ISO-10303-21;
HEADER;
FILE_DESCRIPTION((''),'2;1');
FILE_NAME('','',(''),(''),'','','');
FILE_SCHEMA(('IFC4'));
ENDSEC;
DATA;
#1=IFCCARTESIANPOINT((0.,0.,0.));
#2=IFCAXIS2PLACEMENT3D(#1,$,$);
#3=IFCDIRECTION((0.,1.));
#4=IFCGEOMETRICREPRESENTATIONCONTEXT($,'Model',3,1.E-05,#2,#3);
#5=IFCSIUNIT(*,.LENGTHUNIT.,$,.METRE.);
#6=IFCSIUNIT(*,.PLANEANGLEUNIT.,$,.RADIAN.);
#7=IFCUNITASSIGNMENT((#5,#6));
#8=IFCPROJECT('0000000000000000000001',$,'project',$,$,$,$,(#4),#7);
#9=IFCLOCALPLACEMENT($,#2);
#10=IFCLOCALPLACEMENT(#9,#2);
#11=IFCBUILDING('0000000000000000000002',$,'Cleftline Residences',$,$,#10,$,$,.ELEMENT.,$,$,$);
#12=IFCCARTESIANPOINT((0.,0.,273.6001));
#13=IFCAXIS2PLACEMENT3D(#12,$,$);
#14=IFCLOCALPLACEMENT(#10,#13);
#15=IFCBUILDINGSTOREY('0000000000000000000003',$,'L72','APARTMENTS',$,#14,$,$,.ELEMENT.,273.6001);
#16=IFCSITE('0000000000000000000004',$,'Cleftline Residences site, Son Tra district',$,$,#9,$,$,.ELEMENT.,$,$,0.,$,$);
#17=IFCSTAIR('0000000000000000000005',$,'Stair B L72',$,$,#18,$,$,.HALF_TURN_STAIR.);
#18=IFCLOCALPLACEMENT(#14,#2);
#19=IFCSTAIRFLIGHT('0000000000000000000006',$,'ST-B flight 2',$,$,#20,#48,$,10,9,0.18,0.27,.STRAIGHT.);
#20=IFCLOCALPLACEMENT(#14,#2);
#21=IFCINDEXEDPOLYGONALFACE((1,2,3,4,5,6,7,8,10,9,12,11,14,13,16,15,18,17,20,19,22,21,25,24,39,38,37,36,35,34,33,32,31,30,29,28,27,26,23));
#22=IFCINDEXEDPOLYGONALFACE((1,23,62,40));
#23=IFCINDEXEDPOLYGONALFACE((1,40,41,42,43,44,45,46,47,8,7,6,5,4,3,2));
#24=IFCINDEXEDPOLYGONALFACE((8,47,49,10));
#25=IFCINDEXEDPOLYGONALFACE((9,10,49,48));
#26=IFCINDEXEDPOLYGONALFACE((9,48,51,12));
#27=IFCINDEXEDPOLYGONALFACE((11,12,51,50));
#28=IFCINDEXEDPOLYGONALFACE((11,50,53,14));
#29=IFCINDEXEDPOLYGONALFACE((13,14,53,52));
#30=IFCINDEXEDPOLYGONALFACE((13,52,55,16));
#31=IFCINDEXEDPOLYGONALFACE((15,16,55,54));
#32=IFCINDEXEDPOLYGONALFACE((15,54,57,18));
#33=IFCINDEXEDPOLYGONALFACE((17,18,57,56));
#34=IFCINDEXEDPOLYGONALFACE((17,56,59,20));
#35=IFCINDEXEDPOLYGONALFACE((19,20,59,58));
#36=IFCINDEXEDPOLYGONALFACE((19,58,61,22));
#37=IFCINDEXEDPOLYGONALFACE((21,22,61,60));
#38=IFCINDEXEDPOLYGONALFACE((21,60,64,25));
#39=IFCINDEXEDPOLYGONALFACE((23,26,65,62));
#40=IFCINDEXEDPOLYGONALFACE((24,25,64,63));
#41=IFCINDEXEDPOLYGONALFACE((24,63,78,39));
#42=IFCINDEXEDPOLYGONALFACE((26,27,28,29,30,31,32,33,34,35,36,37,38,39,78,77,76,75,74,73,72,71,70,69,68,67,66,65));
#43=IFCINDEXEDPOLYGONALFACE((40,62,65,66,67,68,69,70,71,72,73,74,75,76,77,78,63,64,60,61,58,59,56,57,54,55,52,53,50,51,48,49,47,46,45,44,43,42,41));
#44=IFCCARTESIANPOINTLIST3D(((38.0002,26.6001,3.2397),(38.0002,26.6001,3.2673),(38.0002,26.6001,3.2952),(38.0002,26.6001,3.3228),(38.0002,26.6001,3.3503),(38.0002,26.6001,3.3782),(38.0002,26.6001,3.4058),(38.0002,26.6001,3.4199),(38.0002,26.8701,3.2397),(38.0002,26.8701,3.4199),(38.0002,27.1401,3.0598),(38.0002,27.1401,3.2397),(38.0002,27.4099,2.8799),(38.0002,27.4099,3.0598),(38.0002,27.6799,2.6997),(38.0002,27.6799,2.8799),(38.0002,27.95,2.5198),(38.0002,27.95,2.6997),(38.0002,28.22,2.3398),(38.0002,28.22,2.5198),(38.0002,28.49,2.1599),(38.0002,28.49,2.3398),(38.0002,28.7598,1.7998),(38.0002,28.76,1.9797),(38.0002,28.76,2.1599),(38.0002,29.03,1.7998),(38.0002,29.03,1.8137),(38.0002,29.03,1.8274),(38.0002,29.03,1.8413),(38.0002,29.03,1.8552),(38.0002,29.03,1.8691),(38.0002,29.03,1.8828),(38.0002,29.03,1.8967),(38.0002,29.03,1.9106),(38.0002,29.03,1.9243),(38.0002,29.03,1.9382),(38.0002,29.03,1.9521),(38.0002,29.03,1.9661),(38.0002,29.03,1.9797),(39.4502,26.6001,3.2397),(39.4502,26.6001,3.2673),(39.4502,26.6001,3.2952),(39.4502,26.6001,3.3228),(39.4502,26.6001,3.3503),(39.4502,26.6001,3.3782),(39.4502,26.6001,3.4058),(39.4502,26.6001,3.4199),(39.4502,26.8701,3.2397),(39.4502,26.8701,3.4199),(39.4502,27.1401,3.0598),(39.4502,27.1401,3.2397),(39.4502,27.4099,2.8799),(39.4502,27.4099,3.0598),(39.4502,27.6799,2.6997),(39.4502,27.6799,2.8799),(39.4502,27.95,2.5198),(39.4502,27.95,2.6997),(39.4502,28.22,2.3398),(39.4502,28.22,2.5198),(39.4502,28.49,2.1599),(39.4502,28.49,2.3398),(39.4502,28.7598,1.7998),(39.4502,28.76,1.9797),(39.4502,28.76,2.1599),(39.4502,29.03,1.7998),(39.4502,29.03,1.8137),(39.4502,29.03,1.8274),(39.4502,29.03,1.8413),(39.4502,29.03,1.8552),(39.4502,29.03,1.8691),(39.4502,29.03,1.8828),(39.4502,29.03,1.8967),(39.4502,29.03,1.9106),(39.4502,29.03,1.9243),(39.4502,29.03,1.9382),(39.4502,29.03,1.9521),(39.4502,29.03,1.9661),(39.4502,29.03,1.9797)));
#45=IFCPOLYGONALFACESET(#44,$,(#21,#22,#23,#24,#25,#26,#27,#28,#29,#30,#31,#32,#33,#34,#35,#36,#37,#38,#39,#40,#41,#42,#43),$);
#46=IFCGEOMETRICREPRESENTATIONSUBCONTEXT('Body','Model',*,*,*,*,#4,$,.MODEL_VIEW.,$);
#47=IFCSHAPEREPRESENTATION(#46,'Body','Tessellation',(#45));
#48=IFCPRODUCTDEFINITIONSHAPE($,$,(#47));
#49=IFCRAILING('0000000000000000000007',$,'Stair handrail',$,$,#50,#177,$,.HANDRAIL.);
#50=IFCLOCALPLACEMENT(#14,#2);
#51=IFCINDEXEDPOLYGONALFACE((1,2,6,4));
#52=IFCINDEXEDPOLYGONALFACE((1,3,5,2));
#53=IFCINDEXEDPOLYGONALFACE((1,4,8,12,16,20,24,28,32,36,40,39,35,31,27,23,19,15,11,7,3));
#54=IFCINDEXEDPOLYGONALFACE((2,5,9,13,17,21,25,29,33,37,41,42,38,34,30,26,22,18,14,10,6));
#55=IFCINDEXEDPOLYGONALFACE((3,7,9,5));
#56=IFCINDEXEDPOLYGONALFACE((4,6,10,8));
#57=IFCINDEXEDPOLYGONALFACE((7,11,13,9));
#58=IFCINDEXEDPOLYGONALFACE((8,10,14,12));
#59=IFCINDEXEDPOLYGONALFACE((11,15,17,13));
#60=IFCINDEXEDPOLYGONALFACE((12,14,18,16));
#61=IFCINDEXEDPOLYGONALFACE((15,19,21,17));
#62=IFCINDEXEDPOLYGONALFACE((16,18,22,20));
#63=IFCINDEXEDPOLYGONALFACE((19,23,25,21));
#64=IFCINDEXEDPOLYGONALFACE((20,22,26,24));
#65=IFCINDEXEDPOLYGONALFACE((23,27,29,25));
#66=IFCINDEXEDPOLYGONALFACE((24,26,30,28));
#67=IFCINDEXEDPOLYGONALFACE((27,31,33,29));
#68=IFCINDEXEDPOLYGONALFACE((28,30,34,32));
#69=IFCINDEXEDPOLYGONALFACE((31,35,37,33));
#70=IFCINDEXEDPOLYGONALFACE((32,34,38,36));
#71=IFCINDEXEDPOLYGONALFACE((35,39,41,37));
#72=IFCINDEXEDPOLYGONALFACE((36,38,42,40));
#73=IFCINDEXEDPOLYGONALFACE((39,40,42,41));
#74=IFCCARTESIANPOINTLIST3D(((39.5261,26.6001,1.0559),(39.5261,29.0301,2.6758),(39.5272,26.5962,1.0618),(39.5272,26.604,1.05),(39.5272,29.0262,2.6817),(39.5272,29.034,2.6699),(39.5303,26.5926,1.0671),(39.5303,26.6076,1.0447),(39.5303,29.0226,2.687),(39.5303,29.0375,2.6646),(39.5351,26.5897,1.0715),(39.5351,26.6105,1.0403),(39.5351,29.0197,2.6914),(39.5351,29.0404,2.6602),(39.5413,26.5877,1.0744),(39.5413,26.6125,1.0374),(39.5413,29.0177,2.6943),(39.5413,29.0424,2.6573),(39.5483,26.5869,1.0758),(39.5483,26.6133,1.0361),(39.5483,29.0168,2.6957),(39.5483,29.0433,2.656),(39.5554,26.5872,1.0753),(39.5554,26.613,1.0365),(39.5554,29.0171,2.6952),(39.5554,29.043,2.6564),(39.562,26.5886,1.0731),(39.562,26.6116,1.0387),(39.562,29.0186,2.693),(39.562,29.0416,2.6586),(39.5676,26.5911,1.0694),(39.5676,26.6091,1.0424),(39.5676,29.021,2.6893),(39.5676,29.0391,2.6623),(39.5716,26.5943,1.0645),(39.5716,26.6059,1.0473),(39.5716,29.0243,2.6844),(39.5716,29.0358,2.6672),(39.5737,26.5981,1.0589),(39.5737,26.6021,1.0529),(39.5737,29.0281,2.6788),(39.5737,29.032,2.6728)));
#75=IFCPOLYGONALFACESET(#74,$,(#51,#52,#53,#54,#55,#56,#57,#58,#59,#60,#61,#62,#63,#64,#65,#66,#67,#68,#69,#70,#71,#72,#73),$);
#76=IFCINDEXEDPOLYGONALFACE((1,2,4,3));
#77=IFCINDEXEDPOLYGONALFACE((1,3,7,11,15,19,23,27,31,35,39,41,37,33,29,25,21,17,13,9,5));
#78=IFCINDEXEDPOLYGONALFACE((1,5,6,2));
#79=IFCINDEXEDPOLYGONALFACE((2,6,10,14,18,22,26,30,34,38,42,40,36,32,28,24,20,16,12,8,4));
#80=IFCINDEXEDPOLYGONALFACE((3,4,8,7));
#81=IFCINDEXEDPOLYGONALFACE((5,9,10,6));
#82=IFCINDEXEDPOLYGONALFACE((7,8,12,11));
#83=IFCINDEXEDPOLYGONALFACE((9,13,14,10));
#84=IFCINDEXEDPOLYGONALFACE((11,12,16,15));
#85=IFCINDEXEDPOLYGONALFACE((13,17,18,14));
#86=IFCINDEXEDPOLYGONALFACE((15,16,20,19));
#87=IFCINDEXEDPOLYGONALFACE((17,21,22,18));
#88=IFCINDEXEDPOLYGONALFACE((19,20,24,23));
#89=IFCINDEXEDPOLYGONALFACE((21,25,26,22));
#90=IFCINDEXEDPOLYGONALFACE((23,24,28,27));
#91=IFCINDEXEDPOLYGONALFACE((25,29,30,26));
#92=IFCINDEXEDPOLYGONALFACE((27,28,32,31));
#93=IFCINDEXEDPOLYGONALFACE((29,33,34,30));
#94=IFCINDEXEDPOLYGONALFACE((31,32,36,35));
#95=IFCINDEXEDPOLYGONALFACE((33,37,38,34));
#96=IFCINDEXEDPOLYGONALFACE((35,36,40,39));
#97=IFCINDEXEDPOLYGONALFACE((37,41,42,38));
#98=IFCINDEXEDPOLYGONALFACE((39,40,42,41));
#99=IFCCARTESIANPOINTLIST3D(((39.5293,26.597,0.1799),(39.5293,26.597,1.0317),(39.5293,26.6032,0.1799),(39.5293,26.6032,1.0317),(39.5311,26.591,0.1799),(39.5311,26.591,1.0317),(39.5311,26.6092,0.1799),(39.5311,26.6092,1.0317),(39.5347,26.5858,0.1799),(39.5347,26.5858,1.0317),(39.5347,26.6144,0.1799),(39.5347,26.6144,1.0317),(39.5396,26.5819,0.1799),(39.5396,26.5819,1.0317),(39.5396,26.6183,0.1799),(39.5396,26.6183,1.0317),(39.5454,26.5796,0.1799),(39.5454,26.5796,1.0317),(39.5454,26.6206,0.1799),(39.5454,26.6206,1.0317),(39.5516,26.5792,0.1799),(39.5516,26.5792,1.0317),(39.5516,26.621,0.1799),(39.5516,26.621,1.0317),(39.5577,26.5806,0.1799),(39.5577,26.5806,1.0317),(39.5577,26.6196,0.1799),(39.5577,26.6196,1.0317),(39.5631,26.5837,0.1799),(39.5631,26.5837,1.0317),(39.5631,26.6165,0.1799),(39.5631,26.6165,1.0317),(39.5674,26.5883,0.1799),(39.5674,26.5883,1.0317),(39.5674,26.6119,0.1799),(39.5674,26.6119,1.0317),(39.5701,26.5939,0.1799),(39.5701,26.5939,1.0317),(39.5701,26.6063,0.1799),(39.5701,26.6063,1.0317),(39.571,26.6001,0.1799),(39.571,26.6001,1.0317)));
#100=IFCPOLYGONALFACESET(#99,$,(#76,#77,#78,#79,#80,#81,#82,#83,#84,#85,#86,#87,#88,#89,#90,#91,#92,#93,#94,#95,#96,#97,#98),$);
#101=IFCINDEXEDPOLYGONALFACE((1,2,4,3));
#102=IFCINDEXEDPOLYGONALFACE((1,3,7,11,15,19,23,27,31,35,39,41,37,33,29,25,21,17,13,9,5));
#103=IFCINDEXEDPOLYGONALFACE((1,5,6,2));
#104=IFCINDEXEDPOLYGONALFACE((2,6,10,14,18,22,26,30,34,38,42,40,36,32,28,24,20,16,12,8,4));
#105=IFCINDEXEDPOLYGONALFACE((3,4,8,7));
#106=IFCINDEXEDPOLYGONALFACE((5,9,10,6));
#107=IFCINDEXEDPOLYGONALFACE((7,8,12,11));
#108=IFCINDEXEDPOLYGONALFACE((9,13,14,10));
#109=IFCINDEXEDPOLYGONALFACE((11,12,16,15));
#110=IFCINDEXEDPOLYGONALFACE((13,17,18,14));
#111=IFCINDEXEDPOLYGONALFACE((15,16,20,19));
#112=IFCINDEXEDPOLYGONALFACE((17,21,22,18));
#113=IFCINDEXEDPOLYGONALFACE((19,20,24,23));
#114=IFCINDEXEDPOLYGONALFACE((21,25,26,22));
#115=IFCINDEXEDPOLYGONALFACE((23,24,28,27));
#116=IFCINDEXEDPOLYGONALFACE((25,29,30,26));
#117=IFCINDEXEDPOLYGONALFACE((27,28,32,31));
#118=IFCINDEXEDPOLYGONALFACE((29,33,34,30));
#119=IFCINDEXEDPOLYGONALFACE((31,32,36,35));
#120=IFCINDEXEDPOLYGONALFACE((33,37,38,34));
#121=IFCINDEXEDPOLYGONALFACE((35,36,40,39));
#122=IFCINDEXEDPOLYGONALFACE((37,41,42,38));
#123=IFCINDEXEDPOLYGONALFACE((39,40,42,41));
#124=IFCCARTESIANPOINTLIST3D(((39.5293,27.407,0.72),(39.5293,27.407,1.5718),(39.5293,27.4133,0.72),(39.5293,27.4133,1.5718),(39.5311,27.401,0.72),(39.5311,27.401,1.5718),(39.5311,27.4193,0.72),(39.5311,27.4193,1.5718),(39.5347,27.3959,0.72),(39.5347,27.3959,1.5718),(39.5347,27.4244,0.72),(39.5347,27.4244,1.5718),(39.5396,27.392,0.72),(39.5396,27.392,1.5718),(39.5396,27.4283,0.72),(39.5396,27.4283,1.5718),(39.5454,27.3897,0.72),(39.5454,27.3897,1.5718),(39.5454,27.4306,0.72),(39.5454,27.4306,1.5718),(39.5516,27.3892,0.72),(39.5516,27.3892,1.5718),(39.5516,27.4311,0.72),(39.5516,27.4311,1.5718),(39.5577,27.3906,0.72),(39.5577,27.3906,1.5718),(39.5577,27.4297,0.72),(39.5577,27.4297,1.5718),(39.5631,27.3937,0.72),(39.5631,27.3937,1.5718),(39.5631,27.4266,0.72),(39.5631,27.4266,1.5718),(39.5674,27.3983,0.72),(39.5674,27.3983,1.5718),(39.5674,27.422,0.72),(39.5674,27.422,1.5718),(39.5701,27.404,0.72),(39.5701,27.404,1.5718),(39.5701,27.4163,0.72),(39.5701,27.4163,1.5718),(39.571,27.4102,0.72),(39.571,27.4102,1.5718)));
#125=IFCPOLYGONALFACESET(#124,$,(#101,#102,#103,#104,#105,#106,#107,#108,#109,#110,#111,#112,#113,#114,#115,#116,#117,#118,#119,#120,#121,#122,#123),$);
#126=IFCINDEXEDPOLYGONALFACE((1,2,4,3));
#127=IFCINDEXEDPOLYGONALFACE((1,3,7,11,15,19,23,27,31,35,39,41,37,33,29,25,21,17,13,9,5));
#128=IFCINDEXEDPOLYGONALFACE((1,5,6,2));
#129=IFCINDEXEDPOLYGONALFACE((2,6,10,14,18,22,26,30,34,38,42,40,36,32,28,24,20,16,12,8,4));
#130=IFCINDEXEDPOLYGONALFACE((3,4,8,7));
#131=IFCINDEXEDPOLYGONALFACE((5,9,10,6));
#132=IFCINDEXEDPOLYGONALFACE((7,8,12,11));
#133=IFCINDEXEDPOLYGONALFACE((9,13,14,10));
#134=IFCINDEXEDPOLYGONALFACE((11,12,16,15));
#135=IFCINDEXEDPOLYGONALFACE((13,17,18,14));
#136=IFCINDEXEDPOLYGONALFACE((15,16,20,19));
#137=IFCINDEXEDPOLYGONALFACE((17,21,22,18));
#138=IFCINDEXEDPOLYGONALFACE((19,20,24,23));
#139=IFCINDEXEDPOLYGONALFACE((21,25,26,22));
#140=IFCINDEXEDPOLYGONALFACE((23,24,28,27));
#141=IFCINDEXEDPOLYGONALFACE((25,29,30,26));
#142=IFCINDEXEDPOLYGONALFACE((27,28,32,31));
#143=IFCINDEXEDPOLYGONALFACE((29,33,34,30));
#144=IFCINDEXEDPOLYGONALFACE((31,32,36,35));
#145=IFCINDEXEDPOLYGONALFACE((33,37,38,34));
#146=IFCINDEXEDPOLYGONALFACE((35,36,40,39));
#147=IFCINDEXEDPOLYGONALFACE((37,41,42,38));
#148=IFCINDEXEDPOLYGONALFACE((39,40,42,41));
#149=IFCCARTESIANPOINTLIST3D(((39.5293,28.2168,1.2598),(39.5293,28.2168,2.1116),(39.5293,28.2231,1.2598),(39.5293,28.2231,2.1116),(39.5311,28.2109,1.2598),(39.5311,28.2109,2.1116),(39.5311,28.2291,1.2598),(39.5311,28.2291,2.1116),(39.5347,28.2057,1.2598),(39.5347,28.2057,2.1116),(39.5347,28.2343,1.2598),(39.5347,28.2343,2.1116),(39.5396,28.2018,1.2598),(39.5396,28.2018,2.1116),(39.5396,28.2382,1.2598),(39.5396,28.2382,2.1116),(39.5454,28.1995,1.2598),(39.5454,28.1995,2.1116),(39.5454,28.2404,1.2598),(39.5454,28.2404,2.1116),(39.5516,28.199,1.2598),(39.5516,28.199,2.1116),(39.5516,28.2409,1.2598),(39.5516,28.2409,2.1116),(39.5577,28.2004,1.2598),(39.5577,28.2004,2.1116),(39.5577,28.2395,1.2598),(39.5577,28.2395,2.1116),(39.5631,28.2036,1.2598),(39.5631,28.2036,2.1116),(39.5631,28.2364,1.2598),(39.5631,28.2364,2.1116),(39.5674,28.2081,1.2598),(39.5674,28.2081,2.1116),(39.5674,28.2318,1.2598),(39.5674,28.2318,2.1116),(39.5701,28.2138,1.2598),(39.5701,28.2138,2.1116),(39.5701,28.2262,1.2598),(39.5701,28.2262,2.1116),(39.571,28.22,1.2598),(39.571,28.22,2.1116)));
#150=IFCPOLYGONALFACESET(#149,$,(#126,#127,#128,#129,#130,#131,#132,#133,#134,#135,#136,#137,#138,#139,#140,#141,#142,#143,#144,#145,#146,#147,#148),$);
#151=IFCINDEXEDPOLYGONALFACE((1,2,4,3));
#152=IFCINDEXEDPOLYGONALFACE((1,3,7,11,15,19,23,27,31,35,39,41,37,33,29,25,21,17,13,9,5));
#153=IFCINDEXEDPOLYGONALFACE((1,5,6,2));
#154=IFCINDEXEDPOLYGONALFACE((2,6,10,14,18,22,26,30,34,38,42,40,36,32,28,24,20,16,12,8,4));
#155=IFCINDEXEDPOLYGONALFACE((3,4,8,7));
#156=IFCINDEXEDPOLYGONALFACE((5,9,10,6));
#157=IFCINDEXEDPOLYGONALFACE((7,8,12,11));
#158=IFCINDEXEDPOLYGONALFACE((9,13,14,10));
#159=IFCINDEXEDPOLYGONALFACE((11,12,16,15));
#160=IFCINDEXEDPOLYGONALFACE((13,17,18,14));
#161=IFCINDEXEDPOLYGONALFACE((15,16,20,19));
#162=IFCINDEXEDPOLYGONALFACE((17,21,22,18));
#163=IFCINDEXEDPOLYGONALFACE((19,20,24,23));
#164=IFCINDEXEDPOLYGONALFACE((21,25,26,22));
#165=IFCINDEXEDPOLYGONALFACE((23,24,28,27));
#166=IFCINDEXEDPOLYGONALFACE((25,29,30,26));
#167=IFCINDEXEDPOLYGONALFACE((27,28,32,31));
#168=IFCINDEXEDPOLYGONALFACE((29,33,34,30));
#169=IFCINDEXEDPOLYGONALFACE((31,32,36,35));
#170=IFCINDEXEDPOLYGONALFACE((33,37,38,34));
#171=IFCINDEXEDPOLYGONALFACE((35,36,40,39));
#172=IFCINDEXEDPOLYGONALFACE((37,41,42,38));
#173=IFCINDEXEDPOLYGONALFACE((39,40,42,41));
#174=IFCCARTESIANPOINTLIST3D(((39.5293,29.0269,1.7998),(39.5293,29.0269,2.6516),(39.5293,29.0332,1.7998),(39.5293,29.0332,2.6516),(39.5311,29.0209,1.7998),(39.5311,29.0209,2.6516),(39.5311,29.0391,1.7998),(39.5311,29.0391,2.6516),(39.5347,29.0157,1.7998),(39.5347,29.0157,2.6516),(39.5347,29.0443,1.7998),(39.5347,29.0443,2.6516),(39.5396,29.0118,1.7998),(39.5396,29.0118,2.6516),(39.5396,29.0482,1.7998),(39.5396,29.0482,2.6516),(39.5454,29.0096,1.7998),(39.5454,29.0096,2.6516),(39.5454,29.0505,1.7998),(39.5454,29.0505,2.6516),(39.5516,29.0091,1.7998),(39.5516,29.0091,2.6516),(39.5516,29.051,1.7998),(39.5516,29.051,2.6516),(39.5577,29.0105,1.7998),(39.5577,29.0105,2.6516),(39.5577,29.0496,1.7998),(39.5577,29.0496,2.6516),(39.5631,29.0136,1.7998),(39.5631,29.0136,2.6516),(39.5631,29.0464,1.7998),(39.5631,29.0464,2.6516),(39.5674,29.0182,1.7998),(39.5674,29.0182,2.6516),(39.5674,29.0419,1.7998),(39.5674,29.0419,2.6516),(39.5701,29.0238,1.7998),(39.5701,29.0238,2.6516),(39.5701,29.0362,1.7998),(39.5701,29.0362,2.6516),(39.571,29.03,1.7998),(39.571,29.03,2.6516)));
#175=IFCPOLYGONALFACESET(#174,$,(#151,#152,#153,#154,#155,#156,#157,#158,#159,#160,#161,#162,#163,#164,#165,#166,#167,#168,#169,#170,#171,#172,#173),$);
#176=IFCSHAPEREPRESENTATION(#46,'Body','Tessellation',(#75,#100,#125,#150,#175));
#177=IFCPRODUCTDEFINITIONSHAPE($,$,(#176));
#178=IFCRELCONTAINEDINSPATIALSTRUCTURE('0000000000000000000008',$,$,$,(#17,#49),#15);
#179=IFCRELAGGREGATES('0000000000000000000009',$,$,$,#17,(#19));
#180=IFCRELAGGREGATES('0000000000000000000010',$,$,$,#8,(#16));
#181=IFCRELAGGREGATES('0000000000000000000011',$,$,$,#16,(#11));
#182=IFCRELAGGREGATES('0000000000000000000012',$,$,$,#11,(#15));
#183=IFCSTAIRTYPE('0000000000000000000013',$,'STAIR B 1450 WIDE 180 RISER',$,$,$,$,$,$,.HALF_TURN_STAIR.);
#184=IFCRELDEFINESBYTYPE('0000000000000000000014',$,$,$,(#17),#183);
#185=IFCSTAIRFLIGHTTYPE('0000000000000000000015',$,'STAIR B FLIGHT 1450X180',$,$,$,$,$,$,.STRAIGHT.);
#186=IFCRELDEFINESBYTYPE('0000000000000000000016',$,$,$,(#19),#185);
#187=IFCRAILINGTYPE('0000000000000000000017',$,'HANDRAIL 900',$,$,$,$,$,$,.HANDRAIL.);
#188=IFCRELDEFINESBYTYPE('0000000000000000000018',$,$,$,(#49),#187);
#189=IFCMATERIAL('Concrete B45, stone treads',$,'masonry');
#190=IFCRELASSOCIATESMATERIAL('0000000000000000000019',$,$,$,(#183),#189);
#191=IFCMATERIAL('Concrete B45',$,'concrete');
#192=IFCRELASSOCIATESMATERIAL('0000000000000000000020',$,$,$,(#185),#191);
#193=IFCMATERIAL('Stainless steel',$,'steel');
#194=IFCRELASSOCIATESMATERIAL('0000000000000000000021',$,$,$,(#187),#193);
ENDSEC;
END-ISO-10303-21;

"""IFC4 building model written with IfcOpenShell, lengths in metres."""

from ifc_helpers import new_model, si_unit, direction, frame, origin, origin_2d, place, context, subcontext, project, spatial, polyline, circle, outline, extrude, material, type_object, element, aggregate, save


model = new_model("IFC4")

# Units and contexts
model_context = context("Model", 3, precision=1e-05, world=origin(), true_north=direction((0.0, 1.0)))
body_context = subcontext(model_context, "Body", "Model", "MODEL_VIEW")
ifc_project = project(units=[si_unit("LENGTHUNIT", "METRE"), si_unit("PLANEANGLEUNIT", "RADIAN")], contexts=[model_context])

# Site, building, storey
site_placement = place(None, origin())
site = spatial("IfcSite", under=ifc_project, at=site_placement, Name="Cleftline Residences site, Son Tra district", CompositionType="ELEMENT", RefElevation=0.0)
building_placement = place(site_placement, origin())
building = spatial("IfcBuilding", under=site, at=building_placement, Name="Cleftline Residences", CompositionType="ELEMENT")
storey_placement = place(building_placement, frame((0.0, 0.0, 273.6001)))
storey = spatial("IfcBuildingStorey", under=building, at=storey_placement, Name="L72", Description="APARTMENTS", CompositionType="ELEMENT", Elevation=273.6001)

# Stair, stair flight
ifc_material_1 = material(Name="Concrete B45, stone treads", Category="masonry")
stair_type = type_object("IfcStairType", Name="STAIR B 1450 WIDE 180 RISER", PredefinedType="HALF_TURN_STAIR", material=ifc_material_1)
stair_placement = place(storey_placement, origin())
stair = element("IfcStair", 1, at=stair_placement, inside=storey, type_object=stair_type, Name="Stair B L72", PredefinedType="HALF_TURN_STAIR")
ifc_material_2 = material(Name="Concrete B45", Category="concrete")
stair_flight_type = type_object("IfcStairFlightType", Name="STAIR B FLIGHT 1450X180", PredefinedType="STRAIGHT", material=ifc_material_2)
stair_flight_1_placement = place(storey_placement, frame((38.7251, 29.03, 1.7998), z_axis=(0.0, 0.0, 1.0), x_axis=(0.0, -1.0, 0.0)))
stair_flight_1 = element("IfcStairFlight", 2, at=stair_flight_1_placement, type_object=stair_flight_type, Name="ST-B flight 2", NumberOfRisers=10, NumberOfTreads=9, PredefinedType="STRAIGHT", RiserHeight=0.18, TreadLength=0.27, context=body_context, shape_type="SweptSolid", body=[
    extrude(outline(polyline([(0.0, 0.0), (0.0, 0.0139), (0.0, 0.0276), (0.0, 0.0415), (0.0, 0.0554), (0.0, 0.0693), (0.0, 0.083), (0.0, 0.0969), (0.0, 0.1108), (0.0, 0.1245), (0.0, 0.1384), (0.0, 0.1523), (0.0, 0.1663), (0.0, 0.1799), (0.27, 0.1799), (0.27, 0.3601), (0.54, 0.3601), (0.54, 0.54), (0.8101, 0.54), (0.8101, 0.72), (1.0801, 0.72), (1.0801, 0.8999), (1.3501, 0.8999), (1.3501, 1.0801), (1.6201, 1.0801), (1.6201, 1.26), (1.8899, 1.26), (1.8899, 1.4399), (2.1599, 1.4399), (2.1599, 1.6201), (2.4299, 1.6201), (2.4299, 1.8), (2.4299, 1.7722), (2.4299, 1.7446), (2.4299, 1.7168), (2.4299, 1.6892), (2.4299, 1.6614), (2.4299, 1.6338), (2.4299, 1.606), (2.4299, 1.5784), (2.4299, 1.5505), (2.4299, 1.5229), (2.4299, 1.4954), (2.4299, 1.4675), (2.4299, 1.4399), (0.2703, 0.0), (0.0, 0.0)])), frame((0.0, 0.7251, 0.0), z_axis=(0.0, -1.0, 0.0), x_axis=(1.0, 0.0, 0.0)), (0.0, 0.0, 1.0), 1.45),
])
aggregate(stair, [stair_flight_1])

# Railing
ifc_material_3 = material(Name="Stainless steel", Category="steel")
railing_type = type_object("IfcRailingType", Name="HANDRAIL 900", PredefinedType="HANDRAIL", material=ifc_material_3)
railing_1_placement = place(storey_placement, frame((39.55, 26.6001, 0.1799)))
element("IfcRailing", 3, at=railing_1_placement, inside=storey, type_object=railing_type, Name="Stair handrail", PredefinedType="HANDRAIL", context=body_context, shape_type="SweptSolid", body=[
    extrude(circle(Radius=0.0239, at=origin_2d()), frame((0.0, 0.0, 0.876), z_axis=(0.0, 0.832063, 0.554681), x_axis=(-1.0, 0.0, 0.0)), (0.0, 0.0, 1.0), 2.9204),
    extrude(circle(Radius=0.021, at=origin_2d()), origin(), (0.0, 0.0, 1.0), 0.8518),
    extrude(circle(Radius=0.021, at=origin_2d()), frame((0.0, 0.8101, 0.54)), (0.0, 0.0, 1.0), 0.8518),
    extrude(circle(Radius=0.021, at=origin_2d()), frame((0.0, 1.6199, 1.0798)), (0.0, 0.0, 1.0), 0.8518),
    extrude(circle(Radius=0.021, at=origin_2d()), frame((0.0, 2.4299, 1.6199)), (0.0, 0.0, 1.0), 0.8518),
])

save(model, "model.ifc")
